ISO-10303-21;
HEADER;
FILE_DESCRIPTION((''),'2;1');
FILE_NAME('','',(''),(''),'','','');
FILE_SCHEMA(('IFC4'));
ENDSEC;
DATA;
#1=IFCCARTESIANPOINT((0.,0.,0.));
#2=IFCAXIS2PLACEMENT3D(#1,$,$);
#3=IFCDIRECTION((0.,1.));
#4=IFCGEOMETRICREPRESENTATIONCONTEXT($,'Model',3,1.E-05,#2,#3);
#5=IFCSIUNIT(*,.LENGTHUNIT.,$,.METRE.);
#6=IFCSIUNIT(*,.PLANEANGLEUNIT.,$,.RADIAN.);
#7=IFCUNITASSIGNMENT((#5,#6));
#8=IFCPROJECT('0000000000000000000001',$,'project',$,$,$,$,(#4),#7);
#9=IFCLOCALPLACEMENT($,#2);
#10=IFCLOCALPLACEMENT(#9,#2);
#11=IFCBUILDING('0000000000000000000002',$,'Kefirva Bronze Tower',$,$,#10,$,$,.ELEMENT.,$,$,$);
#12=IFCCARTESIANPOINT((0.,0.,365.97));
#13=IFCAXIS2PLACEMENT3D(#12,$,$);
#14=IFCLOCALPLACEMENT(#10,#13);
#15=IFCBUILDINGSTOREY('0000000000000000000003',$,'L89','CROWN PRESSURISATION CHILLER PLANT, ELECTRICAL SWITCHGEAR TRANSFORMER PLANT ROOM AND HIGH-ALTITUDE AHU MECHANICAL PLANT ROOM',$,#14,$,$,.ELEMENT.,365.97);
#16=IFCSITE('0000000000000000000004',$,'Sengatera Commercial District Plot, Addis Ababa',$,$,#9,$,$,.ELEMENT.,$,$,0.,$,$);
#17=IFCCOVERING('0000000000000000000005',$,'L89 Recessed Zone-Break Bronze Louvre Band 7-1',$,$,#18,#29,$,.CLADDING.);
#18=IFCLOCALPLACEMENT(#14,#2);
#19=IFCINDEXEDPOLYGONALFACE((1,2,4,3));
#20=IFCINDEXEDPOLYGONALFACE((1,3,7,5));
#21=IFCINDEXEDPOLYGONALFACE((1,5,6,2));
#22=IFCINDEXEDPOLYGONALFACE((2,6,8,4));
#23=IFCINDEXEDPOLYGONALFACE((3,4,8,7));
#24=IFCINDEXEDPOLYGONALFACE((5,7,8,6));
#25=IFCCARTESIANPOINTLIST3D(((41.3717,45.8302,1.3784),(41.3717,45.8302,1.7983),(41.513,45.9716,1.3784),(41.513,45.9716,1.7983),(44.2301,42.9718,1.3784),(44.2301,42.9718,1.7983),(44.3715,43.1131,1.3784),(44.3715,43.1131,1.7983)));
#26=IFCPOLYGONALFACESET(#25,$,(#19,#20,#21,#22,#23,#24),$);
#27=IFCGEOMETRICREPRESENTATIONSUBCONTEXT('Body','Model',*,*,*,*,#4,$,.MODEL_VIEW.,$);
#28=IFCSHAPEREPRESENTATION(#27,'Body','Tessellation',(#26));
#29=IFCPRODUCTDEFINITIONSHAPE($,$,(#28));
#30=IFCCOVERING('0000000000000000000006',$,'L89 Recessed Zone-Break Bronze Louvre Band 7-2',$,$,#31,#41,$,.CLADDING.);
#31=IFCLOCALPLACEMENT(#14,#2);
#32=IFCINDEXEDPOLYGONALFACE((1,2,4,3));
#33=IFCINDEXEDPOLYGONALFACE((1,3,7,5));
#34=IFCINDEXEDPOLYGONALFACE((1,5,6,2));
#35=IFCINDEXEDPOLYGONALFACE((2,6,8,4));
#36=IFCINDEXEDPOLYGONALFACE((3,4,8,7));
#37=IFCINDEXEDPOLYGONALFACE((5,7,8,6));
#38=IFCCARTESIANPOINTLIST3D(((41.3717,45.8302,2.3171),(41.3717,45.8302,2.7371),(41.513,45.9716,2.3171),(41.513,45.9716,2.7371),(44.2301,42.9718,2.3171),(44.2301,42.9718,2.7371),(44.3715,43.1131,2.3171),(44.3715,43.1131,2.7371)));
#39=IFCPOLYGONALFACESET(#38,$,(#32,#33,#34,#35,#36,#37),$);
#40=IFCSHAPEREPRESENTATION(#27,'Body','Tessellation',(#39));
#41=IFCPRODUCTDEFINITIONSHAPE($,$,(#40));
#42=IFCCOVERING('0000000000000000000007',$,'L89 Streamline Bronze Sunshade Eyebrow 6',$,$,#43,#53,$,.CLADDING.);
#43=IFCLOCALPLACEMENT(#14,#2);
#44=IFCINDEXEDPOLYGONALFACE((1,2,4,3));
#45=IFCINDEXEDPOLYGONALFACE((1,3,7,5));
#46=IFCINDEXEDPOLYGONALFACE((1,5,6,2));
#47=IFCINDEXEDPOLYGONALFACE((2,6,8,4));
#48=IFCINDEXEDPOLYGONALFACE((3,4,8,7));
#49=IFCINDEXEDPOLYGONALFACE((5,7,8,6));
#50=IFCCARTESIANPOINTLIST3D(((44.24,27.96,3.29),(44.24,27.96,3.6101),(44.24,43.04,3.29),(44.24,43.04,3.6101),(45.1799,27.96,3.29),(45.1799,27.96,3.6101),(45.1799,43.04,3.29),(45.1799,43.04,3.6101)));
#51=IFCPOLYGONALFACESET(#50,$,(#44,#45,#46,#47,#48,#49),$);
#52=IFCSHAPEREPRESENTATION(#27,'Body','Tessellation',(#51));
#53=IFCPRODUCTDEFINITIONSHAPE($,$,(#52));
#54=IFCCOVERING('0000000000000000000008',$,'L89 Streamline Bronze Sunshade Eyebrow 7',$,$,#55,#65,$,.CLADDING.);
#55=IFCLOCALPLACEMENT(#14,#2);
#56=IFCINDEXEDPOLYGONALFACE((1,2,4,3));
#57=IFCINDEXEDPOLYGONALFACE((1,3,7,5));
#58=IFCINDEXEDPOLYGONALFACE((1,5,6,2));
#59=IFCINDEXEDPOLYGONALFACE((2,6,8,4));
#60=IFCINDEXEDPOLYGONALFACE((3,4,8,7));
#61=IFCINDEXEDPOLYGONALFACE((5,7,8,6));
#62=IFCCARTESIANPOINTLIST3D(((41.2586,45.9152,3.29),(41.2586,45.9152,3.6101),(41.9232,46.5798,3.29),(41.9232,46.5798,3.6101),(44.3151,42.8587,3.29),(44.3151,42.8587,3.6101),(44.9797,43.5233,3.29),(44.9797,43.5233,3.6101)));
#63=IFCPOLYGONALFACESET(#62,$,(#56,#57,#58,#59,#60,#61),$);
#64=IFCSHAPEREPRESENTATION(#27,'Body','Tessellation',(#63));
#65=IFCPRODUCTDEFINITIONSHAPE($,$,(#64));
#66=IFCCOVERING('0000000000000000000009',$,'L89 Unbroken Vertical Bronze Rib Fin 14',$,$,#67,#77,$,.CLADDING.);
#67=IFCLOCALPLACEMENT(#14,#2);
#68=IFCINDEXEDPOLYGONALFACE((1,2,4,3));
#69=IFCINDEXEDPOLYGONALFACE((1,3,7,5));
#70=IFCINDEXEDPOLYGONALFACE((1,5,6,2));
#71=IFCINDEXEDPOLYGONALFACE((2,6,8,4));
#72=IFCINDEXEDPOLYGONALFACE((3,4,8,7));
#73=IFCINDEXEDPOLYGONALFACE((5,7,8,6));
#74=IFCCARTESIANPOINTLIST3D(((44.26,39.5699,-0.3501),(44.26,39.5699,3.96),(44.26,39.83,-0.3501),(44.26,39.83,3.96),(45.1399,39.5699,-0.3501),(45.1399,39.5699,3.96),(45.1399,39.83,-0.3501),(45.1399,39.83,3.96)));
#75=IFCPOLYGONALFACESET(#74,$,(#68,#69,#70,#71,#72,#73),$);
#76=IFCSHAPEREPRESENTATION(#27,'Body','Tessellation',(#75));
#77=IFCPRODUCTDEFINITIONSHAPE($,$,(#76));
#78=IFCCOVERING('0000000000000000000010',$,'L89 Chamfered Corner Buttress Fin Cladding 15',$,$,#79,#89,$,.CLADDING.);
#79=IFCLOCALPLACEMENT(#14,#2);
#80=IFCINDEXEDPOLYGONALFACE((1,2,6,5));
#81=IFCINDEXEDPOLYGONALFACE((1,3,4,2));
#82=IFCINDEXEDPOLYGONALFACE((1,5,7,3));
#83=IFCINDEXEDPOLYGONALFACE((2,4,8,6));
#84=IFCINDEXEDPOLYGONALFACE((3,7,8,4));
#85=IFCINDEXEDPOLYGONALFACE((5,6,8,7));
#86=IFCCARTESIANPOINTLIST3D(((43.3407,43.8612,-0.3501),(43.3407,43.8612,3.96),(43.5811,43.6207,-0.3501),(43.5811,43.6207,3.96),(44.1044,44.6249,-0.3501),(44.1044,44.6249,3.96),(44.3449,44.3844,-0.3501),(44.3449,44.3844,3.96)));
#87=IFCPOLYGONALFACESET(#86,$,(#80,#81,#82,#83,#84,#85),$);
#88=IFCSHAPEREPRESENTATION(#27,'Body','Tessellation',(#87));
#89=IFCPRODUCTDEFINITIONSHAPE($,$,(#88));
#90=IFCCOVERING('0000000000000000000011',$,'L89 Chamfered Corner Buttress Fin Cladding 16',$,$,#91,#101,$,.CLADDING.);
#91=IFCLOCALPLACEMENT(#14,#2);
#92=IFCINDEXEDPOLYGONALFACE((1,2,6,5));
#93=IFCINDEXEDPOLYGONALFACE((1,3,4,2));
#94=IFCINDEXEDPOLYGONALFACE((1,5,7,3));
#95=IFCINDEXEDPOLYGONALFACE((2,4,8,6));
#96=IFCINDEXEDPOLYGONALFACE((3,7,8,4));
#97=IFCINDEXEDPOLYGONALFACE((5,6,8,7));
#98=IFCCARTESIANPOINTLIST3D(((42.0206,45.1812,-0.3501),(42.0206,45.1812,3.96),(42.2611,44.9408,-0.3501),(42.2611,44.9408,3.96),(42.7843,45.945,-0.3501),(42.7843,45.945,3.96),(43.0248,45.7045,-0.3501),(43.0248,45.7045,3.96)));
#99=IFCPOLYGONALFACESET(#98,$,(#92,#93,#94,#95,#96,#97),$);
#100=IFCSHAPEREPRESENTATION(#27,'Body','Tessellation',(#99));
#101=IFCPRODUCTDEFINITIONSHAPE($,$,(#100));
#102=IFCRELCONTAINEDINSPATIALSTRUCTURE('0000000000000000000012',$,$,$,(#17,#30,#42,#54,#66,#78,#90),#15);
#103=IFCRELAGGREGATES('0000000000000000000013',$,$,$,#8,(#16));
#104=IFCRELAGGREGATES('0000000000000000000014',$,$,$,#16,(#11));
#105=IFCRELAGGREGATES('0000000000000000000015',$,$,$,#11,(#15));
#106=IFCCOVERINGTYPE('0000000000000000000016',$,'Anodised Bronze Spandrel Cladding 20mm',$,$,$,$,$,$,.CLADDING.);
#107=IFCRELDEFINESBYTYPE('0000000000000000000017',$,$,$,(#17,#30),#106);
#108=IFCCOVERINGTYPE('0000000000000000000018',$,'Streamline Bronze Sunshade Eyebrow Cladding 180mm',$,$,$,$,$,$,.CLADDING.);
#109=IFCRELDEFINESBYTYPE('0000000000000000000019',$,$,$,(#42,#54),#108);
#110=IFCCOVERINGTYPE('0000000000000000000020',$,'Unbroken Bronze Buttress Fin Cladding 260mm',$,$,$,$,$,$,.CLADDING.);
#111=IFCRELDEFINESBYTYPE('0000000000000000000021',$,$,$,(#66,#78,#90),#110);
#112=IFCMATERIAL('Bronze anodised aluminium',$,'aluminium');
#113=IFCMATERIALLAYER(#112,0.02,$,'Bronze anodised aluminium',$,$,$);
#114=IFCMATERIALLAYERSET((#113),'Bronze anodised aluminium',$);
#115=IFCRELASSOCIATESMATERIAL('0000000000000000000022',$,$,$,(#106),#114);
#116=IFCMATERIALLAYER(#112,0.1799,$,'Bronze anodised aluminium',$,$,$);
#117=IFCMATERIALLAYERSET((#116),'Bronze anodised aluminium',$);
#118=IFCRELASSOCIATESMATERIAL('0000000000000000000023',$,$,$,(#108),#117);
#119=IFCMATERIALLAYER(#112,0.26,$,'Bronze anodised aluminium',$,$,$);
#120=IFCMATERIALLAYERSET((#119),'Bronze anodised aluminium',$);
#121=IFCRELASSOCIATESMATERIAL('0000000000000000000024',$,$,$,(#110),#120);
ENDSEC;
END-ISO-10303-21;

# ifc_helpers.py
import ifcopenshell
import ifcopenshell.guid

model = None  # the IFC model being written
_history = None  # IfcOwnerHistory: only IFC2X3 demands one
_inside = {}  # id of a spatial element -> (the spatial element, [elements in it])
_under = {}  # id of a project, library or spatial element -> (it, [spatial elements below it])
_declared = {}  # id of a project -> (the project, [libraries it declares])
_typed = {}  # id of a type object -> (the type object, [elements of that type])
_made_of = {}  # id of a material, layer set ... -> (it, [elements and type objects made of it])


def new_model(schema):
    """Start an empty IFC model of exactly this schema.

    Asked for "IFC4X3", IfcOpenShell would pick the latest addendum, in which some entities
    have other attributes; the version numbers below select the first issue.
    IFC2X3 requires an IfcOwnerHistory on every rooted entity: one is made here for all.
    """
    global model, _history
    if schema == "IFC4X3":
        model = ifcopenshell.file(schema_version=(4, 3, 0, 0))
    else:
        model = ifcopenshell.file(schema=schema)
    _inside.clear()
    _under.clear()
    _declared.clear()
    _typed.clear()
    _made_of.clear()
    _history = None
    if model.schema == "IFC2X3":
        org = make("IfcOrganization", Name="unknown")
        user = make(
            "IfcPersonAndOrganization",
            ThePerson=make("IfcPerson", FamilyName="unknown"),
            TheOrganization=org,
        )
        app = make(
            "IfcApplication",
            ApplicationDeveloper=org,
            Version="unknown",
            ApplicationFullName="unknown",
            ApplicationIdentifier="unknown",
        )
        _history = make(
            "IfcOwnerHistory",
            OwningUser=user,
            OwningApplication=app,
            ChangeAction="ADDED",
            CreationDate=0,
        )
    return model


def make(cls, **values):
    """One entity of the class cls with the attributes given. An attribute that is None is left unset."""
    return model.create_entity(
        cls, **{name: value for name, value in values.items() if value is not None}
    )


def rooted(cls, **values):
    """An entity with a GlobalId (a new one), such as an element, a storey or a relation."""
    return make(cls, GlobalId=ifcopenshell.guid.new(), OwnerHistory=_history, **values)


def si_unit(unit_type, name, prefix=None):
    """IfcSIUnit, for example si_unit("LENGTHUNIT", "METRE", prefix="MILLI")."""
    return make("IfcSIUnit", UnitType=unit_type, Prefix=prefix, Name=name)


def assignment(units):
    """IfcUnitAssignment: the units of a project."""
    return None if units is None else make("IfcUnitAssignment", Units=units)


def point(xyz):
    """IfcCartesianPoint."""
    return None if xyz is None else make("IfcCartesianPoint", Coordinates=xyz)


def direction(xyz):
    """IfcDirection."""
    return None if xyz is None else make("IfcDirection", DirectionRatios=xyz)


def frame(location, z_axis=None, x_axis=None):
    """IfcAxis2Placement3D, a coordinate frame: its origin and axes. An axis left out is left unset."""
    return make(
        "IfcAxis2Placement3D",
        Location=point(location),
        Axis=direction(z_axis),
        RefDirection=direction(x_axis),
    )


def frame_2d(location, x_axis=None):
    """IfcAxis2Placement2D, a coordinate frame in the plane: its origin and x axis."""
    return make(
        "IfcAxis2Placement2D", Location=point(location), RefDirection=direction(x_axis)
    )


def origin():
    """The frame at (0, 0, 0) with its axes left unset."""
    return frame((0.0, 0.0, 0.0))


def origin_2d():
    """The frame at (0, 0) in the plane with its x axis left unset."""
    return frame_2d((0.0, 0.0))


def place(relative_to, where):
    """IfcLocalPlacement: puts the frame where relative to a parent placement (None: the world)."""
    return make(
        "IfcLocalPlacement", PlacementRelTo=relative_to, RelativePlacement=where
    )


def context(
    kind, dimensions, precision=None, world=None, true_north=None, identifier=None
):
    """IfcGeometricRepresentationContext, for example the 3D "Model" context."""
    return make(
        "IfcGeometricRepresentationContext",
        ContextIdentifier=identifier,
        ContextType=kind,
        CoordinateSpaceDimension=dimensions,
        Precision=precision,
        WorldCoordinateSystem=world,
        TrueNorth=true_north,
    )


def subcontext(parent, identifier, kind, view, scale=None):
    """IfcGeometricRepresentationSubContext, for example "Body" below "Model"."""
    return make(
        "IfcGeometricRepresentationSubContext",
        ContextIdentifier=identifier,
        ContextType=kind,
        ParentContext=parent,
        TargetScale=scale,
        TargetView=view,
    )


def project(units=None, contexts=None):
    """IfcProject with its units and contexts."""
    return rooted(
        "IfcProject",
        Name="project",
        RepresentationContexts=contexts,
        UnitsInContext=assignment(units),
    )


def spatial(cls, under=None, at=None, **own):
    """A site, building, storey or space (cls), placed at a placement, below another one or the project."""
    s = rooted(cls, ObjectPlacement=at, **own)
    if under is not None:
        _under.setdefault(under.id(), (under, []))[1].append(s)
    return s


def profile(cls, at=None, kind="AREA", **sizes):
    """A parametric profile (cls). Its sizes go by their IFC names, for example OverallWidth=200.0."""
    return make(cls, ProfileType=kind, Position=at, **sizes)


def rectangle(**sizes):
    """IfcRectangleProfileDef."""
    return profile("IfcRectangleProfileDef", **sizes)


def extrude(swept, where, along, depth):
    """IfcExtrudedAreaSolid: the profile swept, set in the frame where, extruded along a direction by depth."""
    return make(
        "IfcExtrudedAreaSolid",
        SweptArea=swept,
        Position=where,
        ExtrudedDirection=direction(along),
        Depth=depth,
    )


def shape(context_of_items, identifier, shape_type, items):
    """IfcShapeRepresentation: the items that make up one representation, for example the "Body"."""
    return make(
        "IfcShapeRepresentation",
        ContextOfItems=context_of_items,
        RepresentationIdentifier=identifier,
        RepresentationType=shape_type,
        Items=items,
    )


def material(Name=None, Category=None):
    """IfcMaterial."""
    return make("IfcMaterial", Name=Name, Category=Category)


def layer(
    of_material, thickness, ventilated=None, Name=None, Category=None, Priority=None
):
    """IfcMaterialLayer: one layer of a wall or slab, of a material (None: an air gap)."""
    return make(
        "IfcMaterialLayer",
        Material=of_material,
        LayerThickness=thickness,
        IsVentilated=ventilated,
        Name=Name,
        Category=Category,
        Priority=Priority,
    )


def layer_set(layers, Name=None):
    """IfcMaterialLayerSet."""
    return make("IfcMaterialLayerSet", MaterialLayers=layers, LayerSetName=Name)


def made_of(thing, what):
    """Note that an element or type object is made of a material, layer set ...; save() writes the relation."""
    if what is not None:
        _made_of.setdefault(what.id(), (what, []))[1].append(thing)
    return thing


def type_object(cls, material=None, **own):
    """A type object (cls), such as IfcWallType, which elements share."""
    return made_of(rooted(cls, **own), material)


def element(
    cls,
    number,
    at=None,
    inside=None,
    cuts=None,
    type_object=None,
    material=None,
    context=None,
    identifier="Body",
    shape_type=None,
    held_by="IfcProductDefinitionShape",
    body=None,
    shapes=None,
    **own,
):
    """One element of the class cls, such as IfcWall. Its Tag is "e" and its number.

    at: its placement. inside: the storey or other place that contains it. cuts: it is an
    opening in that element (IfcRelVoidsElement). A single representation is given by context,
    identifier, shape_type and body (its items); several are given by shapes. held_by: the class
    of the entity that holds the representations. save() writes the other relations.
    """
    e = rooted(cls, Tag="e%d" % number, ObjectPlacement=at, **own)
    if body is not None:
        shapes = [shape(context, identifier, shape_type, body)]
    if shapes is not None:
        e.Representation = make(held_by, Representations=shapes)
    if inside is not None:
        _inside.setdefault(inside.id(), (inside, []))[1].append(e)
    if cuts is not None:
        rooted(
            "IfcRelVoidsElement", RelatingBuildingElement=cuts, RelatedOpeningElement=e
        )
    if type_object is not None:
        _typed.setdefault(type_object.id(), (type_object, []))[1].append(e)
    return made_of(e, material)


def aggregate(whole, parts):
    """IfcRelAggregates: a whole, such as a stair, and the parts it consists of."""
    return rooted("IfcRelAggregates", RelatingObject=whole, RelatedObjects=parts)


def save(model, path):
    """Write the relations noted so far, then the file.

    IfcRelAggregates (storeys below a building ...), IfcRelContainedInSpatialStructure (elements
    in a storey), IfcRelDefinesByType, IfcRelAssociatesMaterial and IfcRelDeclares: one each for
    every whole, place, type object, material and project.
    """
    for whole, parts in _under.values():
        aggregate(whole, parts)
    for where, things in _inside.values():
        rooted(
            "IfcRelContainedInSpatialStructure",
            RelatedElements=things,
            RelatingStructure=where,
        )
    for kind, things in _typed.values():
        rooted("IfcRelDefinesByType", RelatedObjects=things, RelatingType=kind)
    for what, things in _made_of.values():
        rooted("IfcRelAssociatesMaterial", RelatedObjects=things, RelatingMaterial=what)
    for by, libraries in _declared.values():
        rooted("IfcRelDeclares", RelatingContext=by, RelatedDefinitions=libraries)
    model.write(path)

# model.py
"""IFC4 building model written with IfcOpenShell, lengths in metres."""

from ifc_helpers import new_model, si_unit, direction, frame, origin, origin_2d, place, context, subcontext, project, spatial, rectangle, extrude, material, layer, layer_set, type_object, element, save


model = new_model("IFC4")

# Units and contexts
model_context = context("Model", 3, precision=1e-05, world=origin(), true_north=direction((0.0, 1.0)))
body_context = subcontext(model_context, "Body", "Model", "MODEL_VIEW")
ifc_project = project(units=[si_unit("LENGTHUNIT", "METRE"), si_unit("PLANEANGLEUNIT", "RADIAN")], contexts=[model_context])

# Site, building, storey
site_placement = place(None, origin())
site = spatial("IfcSite", under=ifc_project, at=site_placement, Name="Sengatera Commercial District Plot, Addis Ababa", CompositionType="ELEMENT", RefElevation=0.0)
building_placement = place(site_placement, origin())
building = spatial("IfcBuilding", under=site, at=building_placement, Name="Kefirva Bronze Tower", CompositionType="ELEMENT")
storey_placement = place(building_placement, frame((0.0, 0.0, 365.97)))
storey = spatial("IfcBuildingStorey", under=building, at=storey_placement, Name="L89", Description="CROWN PRESSURISATION CHILLER PLANT, ELECTRICAL SWITCHGEAR TRANSFORMER PLANT ROOM AND HIGH-ALTITUDE AHU MECHANICAL PLANT ROOM", CompositionType="ELEMENT", Elevation=365.97)

# Shared definitions
ifc_material_1 = material(Name="Bronze anodised aluminium", Category="aluminium")

# Coverings
ifc_layer_1 = layer(ifc_material_1, 0.02, Name="Bronze anodised aluminium")
ifc_layer_set_1 = layer_set([ifc_layer_1], Name="Bronze anodised aluminium")
covering_type_1 = type_object("IfcCoveringType", Name="Anodised Bronze Spandrel Cladding 20mm", PredefinedType="CLADDING", material=ifc_layer_set_1)
for number, where, z_axis, x_axis, name in (
    (1, (42.8716, 44.4717, 1.3784), (0.0, 0.0, 1.0), (-0.707107, 0.707107, 0.0), "L89 Recessed Zone-Break Bronze Louvre Band 7-1"),
    (2, (42.8716, 44.4717, 2.3171), (0.0, 0.0, 1.0), (-0.707107, 0.707107, 0.0), "L89 Recessed Zone-Break Bronze Louvre Band 7-2"),
):
    element("IfcCovering", number, at=place(storey_placement, frame(where, z_axis=z_axis, x_axis=x_axis)), inside=storey, type_object=covering_type_1, Name=name, PredefinedType="CLADDING", context=body_context, shape_type="SweptSolid", body=[
        extrude(rectangle(XDim=4.0425, YDim=0.2, at=origin_2d()), origin(), (0.0, 0.0, 1.0), 0.4199),
    ])
ifc_layer_2 = layer(ifc_material_1, 0.1799, Name="Bronze anodised aluminium")
ifc_layer_set_2 = layer_set([ifc_layer_2], Name="Bronze anodised aluminium")
covering_type_2 = type_object("IfcCoveringType", Name="Streamline Bronze Sunshade Eyebrow Cladding 180mm", PredefinedType="CLADDING", material=ifc_layer_set_2)
covering_1_placement = place(storey_placement, frame((44.71, 35.5, 3.29), z_axis=(0.0, 0.0, 1.0), x_axis=(0.0, 1.0, 0.0)))
element("IfcCovering", 3, at=covering_1_placement, inside=storey, type_object=covering_type_2, Name="L89 Streamline Bronze Sunshade Eyebrow 6", PredefinedType="CLADDING", context=body_context, shape_type="SweptSolid", body=[
    extrude(rectangle(XDim=15.0801, YDim=0.9399, at=origin_2d()), origin(), (0.0, 0.0, 1.0), 0.3201),
])
covering_2_placement = place(storey_placement, frame((43.1191, 44.7192, 3.29), z_axis=(0.0, 0.0, 1.0), x_axis=(-0.707107, 0.707107, 0.0)))
element("IfcCovering", 4, at=covering_2_placement, inside=storey, type_object=covering_type_2, Name="L89 Streamline Bronze Sunshade Eyebrow 7", PredefinedType="CLADDING", context=body_context, shape_type="SweptSolid", body=[
    extrude(rectangle(XDim=4.3225, YDim=0.9399, at=origin_2d()), origin(), (0.0, 0.0, 1.0), 0.3201),
])
ifc_layer_3 = layer(ifc_material_1, 0.26, Name="Bronze anodised aluminium")
ifc_layer_set_3 = layer_set([ifc_layer_3], Name="Bronze anodised aluminium")
covering_type_3 = type_object("IfcCoveringType", Name="Unbroken Bronze Buttress Fin Cladding 260mm", PredefinedType="CLADDING", material=ifc_layer_set_3)
covering_3_placement = place(storey_placement, frame((44.7, 39.7, -0.3501), z_axis=(0.0, 0.0, 1.0), x_axis=(0.0, 1.0, 0.0)))
element("IfcCovering", 5, at=covering_3_placement, inside=storey, type_object=covering_type_3, Name="L89 Unbroken Vertical Bronze Rib Fin 14", PredefinedType="CLADDING", context=body_context, shape_type="SweptSolid", body=[
    extrude(rectangle(XDim=0.26, YDim=0.8799, at=origin_2d()), origin(), (0.0, 0.0, 1.0), 4.3101),
])
for number, where, z_axis, x_axis, name in (
    (6, (43.8428, 44.1228, -0.3501), (0.0, 0.0, 1.0), (-0.707107, 0.707107, 0.0), "L89 Chamfered Corner Buttress Fin Cladding 15"),
    (7, (42.5227, 45.4429, -0.3501), (0.0, 0.0, 1.0), (-0.707107, 0.707107, 0.0), "L89 Chamfered Corner Buttress Fin Cladding 16"),
):
    element("IfcCovering", number, at=place(storey_placement, frame(where, z_axis=z_axis, x_axis=x_axis)), inside=storey, type_object=covering_type_3, Name=name, PredefinedType="CLADDING", context=body_context, shape_type="SweptSolid", body=[
        extrude(rectangle(XDim=0.3401, YDim=1.0801, at=origin_2d()), origin(), (0.0, 0.0, 1.0), 4.3101),
    ])

save(model, "model.ifc")
